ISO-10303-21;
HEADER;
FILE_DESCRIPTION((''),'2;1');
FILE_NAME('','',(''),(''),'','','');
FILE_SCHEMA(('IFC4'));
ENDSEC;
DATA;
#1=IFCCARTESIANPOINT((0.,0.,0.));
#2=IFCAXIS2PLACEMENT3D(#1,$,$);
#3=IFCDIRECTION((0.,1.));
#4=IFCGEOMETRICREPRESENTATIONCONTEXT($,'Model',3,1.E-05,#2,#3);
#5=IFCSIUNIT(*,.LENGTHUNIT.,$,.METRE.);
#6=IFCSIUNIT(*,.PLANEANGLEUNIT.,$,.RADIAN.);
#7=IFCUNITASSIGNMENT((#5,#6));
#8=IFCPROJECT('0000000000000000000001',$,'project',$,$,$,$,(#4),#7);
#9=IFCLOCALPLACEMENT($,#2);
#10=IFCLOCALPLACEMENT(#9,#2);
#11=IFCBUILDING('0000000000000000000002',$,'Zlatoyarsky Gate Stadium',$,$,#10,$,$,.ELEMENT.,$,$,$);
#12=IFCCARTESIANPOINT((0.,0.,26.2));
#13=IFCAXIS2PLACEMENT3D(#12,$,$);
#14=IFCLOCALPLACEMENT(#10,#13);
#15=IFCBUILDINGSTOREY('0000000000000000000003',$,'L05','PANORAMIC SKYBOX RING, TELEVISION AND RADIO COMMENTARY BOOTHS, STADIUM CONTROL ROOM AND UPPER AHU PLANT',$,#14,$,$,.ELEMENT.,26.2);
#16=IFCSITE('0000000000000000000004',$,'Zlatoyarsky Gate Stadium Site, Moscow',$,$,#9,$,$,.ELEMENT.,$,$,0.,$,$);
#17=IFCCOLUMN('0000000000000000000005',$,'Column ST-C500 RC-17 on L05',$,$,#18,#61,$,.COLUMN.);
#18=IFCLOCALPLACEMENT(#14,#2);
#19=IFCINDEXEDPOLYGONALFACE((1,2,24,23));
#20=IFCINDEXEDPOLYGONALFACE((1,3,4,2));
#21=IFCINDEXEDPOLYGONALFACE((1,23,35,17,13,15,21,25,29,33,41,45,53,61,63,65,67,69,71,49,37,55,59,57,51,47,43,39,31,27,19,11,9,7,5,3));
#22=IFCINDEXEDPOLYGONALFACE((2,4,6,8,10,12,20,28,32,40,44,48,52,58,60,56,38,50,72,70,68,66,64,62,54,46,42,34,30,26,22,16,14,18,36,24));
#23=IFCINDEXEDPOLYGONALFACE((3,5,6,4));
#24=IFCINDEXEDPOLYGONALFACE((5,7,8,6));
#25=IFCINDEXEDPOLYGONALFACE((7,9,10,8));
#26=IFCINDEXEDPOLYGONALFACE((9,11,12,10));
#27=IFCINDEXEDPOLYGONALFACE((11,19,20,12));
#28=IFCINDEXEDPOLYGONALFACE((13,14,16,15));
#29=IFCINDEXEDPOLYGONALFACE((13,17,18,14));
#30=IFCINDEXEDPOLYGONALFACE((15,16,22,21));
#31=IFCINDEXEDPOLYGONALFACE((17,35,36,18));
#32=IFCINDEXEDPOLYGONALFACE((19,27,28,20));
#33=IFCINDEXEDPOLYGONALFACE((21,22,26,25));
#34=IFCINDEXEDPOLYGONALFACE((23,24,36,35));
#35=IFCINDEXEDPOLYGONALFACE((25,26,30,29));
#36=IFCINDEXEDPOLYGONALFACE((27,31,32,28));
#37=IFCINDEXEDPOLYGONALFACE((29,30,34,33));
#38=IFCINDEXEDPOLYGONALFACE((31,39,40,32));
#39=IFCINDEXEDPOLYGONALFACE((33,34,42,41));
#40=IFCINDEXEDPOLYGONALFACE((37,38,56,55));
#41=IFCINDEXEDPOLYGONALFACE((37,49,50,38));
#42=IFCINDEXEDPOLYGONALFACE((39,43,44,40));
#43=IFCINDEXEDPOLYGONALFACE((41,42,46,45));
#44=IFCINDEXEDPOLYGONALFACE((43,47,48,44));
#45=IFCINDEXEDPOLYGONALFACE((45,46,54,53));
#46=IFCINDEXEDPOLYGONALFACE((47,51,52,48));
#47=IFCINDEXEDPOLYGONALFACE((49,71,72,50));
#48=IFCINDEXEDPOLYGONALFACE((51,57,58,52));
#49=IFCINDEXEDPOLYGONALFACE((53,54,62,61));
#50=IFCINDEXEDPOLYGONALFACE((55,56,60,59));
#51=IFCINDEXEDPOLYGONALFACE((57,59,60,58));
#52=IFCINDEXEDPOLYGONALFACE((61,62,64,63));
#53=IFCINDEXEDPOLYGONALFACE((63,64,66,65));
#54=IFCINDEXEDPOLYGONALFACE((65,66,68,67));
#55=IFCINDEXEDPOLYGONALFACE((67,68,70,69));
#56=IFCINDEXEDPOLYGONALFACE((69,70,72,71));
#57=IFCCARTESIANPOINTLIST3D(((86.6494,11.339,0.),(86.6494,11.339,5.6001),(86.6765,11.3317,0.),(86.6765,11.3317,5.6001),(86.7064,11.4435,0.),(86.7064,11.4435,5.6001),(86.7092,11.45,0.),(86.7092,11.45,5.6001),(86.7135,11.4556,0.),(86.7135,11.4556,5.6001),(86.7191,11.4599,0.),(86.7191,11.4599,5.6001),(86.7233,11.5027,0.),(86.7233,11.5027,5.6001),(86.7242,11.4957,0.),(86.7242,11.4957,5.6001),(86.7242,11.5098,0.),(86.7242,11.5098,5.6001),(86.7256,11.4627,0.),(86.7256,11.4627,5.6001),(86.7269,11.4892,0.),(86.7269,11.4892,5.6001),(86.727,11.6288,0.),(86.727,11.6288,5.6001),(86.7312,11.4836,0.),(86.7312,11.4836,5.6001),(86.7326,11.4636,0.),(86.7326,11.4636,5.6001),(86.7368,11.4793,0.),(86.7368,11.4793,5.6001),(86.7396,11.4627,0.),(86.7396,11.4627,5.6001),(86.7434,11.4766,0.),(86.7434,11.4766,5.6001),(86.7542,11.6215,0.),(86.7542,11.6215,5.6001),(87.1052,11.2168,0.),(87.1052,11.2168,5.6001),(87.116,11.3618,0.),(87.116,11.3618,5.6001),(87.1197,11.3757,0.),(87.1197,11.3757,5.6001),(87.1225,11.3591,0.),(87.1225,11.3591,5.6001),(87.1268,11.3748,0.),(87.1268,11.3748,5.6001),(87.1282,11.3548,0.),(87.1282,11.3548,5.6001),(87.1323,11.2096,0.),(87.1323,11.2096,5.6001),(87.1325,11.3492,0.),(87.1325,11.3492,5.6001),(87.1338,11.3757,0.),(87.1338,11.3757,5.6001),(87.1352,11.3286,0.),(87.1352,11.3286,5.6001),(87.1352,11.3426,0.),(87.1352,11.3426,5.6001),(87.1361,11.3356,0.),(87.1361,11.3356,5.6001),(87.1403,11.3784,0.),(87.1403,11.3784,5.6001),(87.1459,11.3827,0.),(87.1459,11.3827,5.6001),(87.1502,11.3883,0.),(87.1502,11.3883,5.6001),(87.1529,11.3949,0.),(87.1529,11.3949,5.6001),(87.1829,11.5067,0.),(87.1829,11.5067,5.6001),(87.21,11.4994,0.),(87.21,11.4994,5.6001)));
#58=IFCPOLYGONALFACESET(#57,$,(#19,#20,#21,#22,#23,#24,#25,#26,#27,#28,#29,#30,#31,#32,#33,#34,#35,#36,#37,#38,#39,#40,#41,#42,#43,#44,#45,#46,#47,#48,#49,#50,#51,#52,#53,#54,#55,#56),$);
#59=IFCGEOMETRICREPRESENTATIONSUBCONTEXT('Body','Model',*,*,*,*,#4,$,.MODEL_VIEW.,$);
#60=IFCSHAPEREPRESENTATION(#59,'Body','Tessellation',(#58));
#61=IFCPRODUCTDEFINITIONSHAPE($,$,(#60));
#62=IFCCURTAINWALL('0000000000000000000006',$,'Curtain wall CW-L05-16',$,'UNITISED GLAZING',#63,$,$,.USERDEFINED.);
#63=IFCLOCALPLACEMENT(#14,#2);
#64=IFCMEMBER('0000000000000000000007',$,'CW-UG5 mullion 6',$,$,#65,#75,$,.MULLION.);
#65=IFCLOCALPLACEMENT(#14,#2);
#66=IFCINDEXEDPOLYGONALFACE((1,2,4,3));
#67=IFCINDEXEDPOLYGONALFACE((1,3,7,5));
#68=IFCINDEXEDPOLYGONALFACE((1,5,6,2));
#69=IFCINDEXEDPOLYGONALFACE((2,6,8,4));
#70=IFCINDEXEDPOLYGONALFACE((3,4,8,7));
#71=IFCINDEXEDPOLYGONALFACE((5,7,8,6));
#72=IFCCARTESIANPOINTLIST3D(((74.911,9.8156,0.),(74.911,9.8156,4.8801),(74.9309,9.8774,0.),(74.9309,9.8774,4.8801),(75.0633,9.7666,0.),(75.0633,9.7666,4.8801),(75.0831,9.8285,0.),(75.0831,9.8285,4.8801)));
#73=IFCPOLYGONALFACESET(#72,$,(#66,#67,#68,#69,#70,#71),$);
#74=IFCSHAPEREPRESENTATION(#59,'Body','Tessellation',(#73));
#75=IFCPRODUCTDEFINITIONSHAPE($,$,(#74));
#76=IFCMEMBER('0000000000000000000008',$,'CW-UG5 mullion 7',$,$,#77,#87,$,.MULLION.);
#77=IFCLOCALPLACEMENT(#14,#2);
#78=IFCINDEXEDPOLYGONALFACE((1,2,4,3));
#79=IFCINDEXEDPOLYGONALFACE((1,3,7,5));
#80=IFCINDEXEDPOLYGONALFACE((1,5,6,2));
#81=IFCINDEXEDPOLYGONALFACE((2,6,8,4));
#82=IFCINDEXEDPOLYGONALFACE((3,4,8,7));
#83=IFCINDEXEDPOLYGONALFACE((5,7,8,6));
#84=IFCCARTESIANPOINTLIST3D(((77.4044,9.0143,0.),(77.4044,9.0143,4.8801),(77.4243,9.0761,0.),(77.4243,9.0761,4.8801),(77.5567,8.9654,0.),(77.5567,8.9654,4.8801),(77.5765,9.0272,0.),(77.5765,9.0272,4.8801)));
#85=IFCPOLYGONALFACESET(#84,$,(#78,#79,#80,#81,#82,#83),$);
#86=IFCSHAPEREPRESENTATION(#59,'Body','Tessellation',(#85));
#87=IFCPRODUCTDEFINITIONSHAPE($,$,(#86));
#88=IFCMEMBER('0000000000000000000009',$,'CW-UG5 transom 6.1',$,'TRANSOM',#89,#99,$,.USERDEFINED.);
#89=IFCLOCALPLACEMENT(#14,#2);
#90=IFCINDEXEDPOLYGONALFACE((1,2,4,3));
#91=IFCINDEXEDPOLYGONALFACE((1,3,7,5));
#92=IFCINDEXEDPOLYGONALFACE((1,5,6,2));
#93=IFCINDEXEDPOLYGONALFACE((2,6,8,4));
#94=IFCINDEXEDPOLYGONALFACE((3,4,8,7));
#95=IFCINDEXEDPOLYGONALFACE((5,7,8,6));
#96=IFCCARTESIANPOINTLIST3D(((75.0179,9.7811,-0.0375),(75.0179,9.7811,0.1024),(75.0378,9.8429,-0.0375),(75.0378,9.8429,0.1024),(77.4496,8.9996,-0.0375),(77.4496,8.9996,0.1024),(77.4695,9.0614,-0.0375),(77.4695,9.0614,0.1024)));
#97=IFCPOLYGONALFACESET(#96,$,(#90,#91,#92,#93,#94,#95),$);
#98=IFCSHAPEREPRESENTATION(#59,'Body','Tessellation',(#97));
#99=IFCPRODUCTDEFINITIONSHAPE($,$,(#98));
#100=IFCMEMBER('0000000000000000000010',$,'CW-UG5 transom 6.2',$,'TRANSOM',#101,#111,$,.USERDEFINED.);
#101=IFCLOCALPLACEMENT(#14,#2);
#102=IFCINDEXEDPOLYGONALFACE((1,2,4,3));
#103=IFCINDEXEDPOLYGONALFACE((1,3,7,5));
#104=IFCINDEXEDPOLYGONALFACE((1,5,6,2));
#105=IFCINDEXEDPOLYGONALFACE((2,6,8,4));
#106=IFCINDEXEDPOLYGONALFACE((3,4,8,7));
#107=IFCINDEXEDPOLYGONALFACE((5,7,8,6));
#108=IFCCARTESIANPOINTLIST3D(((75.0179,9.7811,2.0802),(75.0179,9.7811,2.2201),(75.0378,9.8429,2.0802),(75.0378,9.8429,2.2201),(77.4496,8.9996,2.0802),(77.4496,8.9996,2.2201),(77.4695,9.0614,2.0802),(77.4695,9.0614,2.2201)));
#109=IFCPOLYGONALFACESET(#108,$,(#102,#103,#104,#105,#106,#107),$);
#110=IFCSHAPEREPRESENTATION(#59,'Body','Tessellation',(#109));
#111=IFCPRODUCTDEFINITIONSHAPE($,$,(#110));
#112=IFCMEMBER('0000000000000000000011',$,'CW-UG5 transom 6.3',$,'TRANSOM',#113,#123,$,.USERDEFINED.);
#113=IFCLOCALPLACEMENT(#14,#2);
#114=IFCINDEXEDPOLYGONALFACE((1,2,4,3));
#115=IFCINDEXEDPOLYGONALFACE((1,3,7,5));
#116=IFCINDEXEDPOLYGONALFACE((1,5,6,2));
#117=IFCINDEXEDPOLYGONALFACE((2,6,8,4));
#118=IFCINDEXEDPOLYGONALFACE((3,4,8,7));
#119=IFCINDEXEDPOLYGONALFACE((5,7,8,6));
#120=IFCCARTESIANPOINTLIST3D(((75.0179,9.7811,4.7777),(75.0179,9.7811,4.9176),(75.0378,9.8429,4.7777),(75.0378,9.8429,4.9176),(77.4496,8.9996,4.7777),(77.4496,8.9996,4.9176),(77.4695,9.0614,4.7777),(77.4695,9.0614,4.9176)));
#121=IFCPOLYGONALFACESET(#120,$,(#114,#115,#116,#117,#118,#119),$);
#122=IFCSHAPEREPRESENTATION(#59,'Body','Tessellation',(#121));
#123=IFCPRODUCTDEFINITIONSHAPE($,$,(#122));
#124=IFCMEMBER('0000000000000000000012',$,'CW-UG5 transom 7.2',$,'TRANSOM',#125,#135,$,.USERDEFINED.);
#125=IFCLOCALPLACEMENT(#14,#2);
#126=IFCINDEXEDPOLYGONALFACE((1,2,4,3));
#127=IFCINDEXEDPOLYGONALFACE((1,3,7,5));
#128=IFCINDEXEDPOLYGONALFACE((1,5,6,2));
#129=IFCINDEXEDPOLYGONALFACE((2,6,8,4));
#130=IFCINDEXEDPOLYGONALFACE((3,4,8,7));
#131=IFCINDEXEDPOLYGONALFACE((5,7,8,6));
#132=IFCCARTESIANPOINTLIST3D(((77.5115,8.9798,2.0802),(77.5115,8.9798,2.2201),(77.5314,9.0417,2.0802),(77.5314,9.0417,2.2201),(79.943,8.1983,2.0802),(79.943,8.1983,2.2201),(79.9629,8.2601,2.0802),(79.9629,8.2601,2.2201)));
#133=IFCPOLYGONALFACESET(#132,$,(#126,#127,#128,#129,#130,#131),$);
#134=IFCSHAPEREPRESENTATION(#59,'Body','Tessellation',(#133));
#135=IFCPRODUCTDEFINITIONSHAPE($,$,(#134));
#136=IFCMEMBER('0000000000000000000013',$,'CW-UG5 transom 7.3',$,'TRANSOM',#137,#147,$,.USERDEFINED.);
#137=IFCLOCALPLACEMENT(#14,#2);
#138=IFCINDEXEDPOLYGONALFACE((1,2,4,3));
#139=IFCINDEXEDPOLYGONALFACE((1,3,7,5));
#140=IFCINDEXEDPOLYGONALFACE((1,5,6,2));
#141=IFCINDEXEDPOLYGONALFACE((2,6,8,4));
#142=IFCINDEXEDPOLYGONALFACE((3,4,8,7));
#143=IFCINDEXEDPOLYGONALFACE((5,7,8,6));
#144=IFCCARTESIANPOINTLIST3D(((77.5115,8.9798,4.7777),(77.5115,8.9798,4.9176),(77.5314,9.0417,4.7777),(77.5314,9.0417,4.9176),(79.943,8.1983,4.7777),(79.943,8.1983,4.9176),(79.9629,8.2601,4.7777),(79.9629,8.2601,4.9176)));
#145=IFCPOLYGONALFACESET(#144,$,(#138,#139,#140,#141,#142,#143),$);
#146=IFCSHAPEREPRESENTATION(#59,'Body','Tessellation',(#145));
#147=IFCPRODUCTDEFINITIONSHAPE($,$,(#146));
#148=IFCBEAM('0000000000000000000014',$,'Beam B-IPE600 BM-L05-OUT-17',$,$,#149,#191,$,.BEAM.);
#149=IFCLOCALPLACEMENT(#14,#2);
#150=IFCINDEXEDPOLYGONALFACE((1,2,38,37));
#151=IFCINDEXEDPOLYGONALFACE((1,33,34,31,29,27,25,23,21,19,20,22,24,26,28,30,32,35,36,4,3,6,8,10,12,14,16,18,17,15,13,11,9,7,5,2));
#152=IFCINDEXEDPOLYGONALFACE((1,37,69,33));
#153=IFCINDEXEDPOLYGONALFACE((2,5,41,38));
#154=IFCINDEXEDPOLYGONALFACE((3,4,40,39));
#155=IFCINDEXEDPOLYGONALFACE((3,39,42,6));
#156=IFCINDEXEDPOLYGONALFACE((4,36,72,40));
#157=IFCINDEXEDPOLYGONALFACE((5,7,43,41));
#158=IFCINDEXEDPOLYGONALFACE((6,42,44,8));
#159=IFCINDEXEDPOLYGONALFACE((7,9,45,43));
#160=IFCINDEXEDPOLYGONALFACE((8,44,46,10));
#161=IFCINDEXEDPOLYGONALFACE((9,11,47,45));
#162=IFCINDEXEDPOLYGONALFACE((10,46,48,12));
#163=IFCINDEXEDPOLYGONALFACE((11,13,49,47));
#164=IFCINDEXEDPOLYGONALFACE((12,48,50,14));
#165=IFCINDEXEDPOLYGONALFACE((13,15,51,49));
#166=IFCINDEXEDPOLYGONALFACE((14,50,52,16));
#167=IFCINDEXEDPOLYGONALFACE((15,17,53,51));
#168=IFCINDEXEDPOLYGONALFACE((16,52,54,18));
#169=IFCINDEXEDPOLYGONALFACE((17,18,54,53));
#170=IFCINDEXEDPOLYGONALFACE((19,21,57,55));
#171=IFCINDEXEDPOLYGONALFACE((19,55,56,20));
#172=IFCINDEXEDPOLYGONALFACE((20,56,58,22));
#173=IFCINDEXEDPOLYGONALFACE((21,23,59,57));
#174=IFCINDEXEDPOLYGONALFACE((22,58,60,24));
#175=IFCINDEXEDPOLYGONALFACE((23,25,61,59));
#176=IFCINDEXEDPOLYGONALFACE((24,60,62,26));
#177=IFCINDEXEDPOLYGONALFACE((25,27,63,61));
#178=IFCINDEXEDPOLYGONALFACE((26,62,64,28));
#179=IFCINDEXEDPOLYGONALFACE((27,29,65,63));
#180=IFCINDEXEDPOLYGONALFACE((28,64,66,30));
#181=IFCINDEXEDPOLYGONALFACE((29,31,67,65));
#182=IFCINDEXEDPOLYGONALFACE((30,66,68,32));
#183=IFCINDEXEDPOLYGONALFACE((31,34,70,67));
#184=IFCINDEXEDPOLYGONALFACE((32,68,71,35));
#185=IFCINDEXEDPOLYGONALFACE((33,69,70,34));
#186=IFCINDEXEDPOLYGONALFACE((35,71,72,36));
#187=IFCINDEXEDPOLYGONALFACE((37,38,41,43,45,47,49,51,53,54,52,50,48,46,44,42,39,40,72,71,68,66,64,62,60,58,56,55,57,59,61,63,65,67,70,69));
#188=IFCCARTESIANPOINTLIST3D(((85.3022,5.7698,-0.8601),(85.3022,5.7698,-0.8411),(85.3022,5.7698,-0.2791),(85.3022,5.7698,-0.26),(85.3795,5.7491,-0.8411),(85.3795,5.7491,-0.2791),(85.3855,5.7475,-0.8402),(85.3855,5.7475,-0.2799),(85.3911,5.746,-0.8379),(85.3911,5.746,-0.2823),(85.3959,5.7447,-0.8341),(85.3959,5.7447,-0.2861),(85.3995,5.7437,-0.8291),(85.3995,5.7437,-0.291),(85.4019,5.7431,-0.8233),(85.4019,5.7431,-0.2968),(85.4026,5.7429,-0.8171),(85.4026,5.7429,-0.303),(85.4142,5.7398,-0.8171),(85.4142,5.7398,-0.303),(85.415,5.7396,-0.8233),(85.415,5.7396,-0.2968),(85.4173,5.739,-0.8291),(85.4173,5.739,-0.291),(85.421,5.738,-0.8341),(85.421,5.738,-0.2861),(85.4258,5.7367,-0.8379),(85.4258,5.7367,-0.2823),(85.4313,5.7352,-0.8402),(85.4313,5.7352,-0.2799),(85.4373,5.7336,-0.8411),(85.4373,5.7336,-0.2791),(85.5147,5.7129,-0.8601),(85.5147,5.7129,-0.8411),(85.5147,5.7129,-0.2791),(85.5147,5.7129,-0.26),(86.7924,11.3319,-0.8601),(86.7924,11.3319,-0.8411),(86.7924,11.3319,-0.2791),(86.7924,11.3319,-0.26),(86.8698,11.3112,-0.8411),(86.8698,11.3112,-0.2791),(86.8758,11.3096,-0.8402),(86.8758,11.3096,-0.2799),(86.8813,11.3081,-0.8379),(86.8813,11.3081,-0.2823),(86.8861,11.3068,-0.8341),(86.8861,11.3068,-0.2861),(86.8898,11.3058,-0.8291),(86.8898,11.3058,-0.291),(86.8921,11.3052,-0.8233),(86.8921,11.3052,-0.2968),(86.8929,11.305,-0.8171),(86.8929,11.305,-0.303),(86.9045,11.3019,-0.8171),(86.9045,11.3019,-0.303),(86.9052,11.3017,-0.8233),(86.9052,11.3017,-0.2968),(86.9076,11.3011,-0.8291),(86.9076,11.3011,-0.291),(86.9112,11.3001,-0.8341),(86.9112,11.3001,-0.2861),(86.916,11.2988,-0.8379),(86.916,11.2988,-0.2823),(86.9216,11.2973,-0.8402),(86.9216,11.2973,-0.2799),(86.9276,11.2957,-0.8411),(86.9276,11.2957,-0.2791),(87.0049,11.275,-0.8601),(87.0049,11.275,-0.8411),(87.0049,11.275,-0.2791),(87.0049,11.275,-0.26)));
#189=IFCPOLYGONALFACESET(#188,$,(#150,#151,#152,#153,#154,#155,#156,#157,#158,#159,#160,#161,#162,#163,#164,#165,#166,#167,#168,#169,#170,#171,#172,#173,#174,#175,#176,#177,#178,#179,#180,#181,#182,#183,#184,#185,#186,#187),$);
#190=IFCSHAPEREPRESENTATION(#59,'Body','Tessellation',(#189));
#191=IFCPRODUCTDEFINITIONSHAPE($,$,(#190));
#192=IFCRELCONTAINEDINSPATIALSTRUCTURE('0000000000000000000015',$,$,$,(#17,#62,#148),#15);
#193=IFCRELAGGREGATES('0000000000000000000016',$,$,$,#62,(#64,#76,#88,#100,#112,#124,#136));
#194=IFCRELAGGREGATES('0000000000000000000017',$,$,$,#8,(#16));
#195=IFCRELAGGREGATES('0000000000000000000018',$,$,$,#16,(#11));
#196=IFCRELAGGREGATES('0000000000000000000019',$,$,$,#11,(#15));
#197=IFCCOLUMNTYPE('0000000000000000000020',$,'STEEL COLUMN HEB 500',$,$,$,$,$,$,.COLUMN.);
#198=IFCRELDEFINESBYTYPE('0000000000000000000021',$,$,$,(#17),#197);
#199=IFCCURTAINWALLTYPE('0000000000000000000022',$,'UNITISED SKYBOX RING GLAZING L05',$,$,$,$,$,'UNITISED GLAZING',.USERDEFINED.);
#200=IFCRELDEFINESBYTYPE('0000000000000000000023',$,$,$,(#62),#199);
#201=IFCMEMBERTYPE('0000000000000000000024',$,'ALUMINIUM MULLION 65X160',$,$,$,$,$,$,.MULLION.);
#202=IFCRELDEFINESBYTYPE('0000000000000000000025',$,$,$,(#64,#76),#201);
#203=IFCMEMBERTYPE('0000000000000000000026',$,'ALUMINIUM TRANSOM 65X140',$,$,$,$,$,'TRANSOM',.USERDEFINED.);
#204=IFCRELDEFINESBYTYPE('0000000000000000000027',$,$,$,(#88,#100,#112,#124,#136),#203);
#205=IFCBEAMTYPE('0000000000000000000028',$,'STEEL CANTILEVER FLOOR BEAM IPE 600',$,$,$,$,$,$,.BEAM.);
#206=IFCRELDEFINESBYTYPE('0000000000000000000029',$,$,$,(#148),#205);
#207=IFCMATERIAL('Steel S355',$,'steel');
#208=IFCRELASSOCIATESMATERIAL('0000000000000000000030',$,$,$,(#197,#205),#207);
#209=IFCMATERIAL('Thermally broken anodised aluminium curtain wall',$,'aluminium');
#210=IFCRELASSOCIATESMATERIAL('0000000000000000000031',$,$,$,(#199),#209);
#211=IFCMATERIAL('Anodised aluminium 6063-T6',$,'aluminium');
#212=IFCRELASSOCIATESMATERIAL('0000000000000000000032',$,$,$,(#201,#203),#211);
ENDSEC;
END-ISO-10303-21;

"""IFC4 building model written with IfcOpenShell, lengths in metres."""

from ifc_helpers import new_model, si_unit, direction, frame, origin, origin_2d, place, context, subcontext, project, spatial, rectangle, i_section, extrude, material, material_profile, profile_set, type_object, element, aggregate, save


model = new_model("IFC4")

# Units and contexts
model_context = context("Model", 3, precision=1e-05, world=origin(), true_north=direction((0.0, 1.0)))
body_context = subcontext(model_context, "Body", "Model", "MODEL_VIEW")
ifc_project = project(units=[si_unit("LENGTHUNIT", "METRE"), si_unit("PLANEANGLEUNIT", "RADIAN")], contexts=[model_context])

# Site, building, storey
site_placement = place(None, origin())
site = spatial("IfcSite", under=ifc_project, at=site_placement, Name="Zlatoyarsky Gate Stadium Site, Moscow", CompositionType="ELEMENT", RefElevation=0.0)
building_placement = place(site_placement, origin())
building = spatial("IfcBuilding", under=site, at=building_placement, Name="Zlatoyarsky Gate Stadium", CompositionType="ELEMENT")
storey_placement = place(building_placement, frame((0.0, 0.0, 26.2)))
storey = spatial("IfcBuildingStorey", under=building, at=storey_placement, Name="L05", Description="PANORAMIC SKYBOX RING, TELEVISION AND RADIO COMMENTARY BOOTHS, STADIUM CONTROL ROOM AND UPPER AHU PLANT", CompositionType="ELEMENT", Elevation=26.2)

# Column
ifc_material_1 = material(Name="Steel S355", Category="steel")
ifc_material_profile_1 = material_profile(ifc_material_1, i_section(OverallWidth=0.3, OverallDepth=0.5, WebThickness=0.0144, FlangeThickness=0.0281, FilletRadius=0.0271, at=origin_2d()), Name="HEB 500")
ifc_profile_set_1 = profile_set([ifc_material_profile_1], Name="Steel S355")
column_type = type_object("IfcColumnType", Name="STEEL COLUMN HEB 500", PredefinedType="COLUMN", material=ifc_profile_set_1)
column_placement = place(storey_placement, frame((86.9297, 11.4192, 0.0), z_axis=(0.0, 0.0, 1.0), x_axis=(-0.258819, -0.965926, 0.0)))
element("IfcColumn", 1, at=column_placement, inside=storey, type_object=column_type, Name="Column ST-C500 RC-17 on L05", PredefinedType="COLUMN", context=body_context, shape_type="SweptSolid", body=[
    extrude(i_section(OverallWidth=0.3, OverallDepth=0.5, WebThickness=0.0144, FlangeThickness=0.0281, FilletRadius=0.0271, at=origin_2d()), origin(), (0.0, 0.0, 1.0), 5.6001),
])

# Curtain wall, members
ifc_material_2 = material(Name="Thermally broken anodised aluminium curtain wall", Category="aluminium")
curtain_wall_type = type_object("IfcCurtainWallType", Name="UNITISED SKYBOX RING GLAZING L05", ElementType="UNITISED GLAZING", PredefinedType="USERDEFINED", material=ifc_material_2)
curtain_wall_placement = place(storey_placement, origin())
curtain_wall = element("IfcCurtainWall", 2, at=curtain_wall_placement, inside=storey, type_object=curtain_wall_type, Name="Curtain wall CW-L05-16", ObjectType="UNITISED GLAZING", PredefinedType="USERDEFINED")
ifc_material_3 = material(Name="Anodised aluminium 6063-T6", Category="aluminium")
ifc_material_profile_2 = material_profile(ifc_material_3, rectangle(XDim=0.0649, YDim=0.1599, at=origin_2d()), Name="ALU 65X160")
ifc_profile_set_2 = profile_set([ifc_material_profile_2], Name="Anodised aluminium 6063-T6")
member_type_1 = type_object("IfcMemberType", Name="ALUMINIUM MULLION 65X160", PredefinedType="MULLION", material=ifc_profile_set_2)
member_1_placement = place(storey_placement, frame((74.9971, 9.822, 0.0), z_axis=(0.0, 0.0, 1.0), x_axis=(0.305978, 0.952039, 0.0)))
member_1 = element("IfcMember", 3, at=member_1_placement, type_object=member_type_1, Name="CW-UG5 mullion 6", PredefinedType="MULLION", context=body_context, shape_type="SweptSolid", body=[
    extrude(rectangle(XDim=0.0649, YDim=0.1599, at=origin_2d()), origin(), (0.0, 0.0, 1.0), 4.8801),
])
member_2_placement = place(storey_placement, frame((77.4905, 9.0208, 0.0), z_axis=(0.0, 0.0, 1.0), x_axis=(0.305978, 0.952039, 0.0)))
member_2 = element("IfcMember", 4, at=member_2_placement, type_object=member_type_1, Name="CW-UG5 mullion 7", PredefinedType="MULLION", context=body_context, shape_type="SweptSolid", body=[
    extrude(rectangle(XDim=0.0649, YDim=0.1599, at=origin_2d()), origin(), (0.0, 0.0, 1.0), 4.8801),
])
ifc_material_profile_3 = material_profile(ifc_material_3, rectangle(XDim=0.0649, YDim=0.1399, at=origin_2d()), Name="ALU 65X140")
ifc_profile_set_3 = profile_set([ifc_material_profile_3], Name="Anodised aluminium 6063-T6")
member_type_2 = type_object("IfcMemberType", Name="ALUMINIUM TRANSOM 65X140", ElementType="TRANSOM", PredefinedType="USERDEFINED", material=ifc_profile_set_3)
member_3_placement = place(storey_placement, frame((75.0278, 9.812, 0.0325), z_axis=(0.95204, -0.305972, 0.0), x_axis=(0.305972, 0.95204, 0.0)))
member_3 = element("IfcMember", 5, at=member_3_placement, type_object=member_type_2, Name="CW-UG5 transom 6.1", ObjectType="TRANSOM", PredefinedType="USERDEFINED", context=body_context, shape_type="SweptSolid", body=[
    extrude(rectangle(XDim=0.0649, YDim=0.1399, at=origin_2d()), origin(), (0.0, 0.0, 1.0), 2.5542),
])
member_4_placement = place(storey_placement, frame((75.0278, 9.812, 2.1501), z_axis=(0.95204, -0.305972, 0.0), x_axis=(0.305972, 0.95204, 0.0)))
member_4 = element("IfcMember", 6, at=member_4_placement, type_object=member_type_2, Name="CW-UG5 transom 6.2", ObjectType="TRANSOM", PredefinedType="USERDEFINED", context=body_context, shape_type="SweptSolid", body=[
    extrude(rectangle(XDim=0.0649, YDim=0.1399, at=origin_2d()), origin(), (0.0, 0.0, 1.0), 2.5542),
])
member_5_placement = place(storey_placement, frame((75.0278, 9.812, 4.8477), z_axis=(0.95204, -0.305972, 0.0), x_axis=(0.305972, 0.95204, 0.0)))
member_5 = element("IfcMember", 7, at=member_5_placement, type_object=member_type_2, Name="CW-UG5 transom 6.3", ObjectType="TRANSOM", PredefinedType="USERDEFINED", context=body_context, shape_type="SweptSolid", body=[
    extrude(rectangle(XDim=0.0649, YDim=0.1399, at=origin_2d()), origin(), (0.0, 0.0, 1.0), 2.5542),
])
member_6_placement = place(storey_placement, frame((77.5215, 9.0107, 2.1501), z_axis=(0.952032, -0.306, 0.0), x_axis=(0.306, 0.952032, 0.0)))
member_6 = element("IfcMember", 8, at=member_6_placement, type_object=member_type_2, Name="CW-UG5 transom 7.2", ObjectType="TRANSOM", PredefinedType="USERDEFINED", context=body_context, shape_type="SweptSolid", body=[
    extrude(rectangle(XDim=0.0649, YDim=0.1399, at=origin_2d()), origin(), (0.0, 0.0, 1.0), 2.554),
])
member_7_placement = place(storey_placement, frame((77.5215, 9.0107, 4.8477), z_axis=(0.952032, -0.306, 0.0), x_axis=(0.306, 0.952032, 0.0)))
member_7 = element("IfcMember", 9, at=member_7_placement, type_object=member_type_2, Name="CW-UG5 transom 7.3", ObjectType="TRANSOM", PredefinedType="USERDEFINED", context=body_context, shape_type="SweptSolid", body=[
    extrude(rectangle(XDim=0.0649, YDim=0.1399, at=origin_2d()), origin(), (0.0, 0.0, 1.0), 2.554),
])

# Beam
ifc_material_profile_4 = material_profile(ifc_material_1, i_section(OverallWidth=0.22, OverallDepth=0.6001, WebThickness=0.012, FlangeThickness=0.019, FilletRadius=0.0239, at=origin_2d()), Name="IPE 600")
ifc_profile_set_4 = profile_set([ifc_material_profile_4], Name="Steel S355")
beam_type_1 = type_object("IfcBeamType", Name="STEEL CANTILEVER FLOOR BEAM IPE 600", PredefinedType="BEAM", material=ifc_profile_set_4)
beam_1_placement = place(storey_placement, frame((86.8987, 11.3035, -0.5601), z_axis=(-0.258802, -0.96593, 0.0), x_axis=(0.96593, -0.258802, 0.0)))
element("IfcBeam", 10, at=beam_1_placement, inside=storey, type_object=beam_type_1, Name="Beam B-IPE600 BM-L05-OUT-17", PredefinedType="BEAM", context=body_context, shape_type="SweptSolid", body=[
    extrude(i_section(OverallWidth=0.22, OverallDepth=0.6001, WebThickness=0.012, FlangeThickness=0.019, FilletRadius=0.0239, at=origin_2d()), origin(), (0.0, 0.0, 1.0), 5.7583),
])

aggregate(curtain_wall, [member_1, member_2, member_3, member_4, member_5, member_6, member_7])

save(model, "model.ifc")
